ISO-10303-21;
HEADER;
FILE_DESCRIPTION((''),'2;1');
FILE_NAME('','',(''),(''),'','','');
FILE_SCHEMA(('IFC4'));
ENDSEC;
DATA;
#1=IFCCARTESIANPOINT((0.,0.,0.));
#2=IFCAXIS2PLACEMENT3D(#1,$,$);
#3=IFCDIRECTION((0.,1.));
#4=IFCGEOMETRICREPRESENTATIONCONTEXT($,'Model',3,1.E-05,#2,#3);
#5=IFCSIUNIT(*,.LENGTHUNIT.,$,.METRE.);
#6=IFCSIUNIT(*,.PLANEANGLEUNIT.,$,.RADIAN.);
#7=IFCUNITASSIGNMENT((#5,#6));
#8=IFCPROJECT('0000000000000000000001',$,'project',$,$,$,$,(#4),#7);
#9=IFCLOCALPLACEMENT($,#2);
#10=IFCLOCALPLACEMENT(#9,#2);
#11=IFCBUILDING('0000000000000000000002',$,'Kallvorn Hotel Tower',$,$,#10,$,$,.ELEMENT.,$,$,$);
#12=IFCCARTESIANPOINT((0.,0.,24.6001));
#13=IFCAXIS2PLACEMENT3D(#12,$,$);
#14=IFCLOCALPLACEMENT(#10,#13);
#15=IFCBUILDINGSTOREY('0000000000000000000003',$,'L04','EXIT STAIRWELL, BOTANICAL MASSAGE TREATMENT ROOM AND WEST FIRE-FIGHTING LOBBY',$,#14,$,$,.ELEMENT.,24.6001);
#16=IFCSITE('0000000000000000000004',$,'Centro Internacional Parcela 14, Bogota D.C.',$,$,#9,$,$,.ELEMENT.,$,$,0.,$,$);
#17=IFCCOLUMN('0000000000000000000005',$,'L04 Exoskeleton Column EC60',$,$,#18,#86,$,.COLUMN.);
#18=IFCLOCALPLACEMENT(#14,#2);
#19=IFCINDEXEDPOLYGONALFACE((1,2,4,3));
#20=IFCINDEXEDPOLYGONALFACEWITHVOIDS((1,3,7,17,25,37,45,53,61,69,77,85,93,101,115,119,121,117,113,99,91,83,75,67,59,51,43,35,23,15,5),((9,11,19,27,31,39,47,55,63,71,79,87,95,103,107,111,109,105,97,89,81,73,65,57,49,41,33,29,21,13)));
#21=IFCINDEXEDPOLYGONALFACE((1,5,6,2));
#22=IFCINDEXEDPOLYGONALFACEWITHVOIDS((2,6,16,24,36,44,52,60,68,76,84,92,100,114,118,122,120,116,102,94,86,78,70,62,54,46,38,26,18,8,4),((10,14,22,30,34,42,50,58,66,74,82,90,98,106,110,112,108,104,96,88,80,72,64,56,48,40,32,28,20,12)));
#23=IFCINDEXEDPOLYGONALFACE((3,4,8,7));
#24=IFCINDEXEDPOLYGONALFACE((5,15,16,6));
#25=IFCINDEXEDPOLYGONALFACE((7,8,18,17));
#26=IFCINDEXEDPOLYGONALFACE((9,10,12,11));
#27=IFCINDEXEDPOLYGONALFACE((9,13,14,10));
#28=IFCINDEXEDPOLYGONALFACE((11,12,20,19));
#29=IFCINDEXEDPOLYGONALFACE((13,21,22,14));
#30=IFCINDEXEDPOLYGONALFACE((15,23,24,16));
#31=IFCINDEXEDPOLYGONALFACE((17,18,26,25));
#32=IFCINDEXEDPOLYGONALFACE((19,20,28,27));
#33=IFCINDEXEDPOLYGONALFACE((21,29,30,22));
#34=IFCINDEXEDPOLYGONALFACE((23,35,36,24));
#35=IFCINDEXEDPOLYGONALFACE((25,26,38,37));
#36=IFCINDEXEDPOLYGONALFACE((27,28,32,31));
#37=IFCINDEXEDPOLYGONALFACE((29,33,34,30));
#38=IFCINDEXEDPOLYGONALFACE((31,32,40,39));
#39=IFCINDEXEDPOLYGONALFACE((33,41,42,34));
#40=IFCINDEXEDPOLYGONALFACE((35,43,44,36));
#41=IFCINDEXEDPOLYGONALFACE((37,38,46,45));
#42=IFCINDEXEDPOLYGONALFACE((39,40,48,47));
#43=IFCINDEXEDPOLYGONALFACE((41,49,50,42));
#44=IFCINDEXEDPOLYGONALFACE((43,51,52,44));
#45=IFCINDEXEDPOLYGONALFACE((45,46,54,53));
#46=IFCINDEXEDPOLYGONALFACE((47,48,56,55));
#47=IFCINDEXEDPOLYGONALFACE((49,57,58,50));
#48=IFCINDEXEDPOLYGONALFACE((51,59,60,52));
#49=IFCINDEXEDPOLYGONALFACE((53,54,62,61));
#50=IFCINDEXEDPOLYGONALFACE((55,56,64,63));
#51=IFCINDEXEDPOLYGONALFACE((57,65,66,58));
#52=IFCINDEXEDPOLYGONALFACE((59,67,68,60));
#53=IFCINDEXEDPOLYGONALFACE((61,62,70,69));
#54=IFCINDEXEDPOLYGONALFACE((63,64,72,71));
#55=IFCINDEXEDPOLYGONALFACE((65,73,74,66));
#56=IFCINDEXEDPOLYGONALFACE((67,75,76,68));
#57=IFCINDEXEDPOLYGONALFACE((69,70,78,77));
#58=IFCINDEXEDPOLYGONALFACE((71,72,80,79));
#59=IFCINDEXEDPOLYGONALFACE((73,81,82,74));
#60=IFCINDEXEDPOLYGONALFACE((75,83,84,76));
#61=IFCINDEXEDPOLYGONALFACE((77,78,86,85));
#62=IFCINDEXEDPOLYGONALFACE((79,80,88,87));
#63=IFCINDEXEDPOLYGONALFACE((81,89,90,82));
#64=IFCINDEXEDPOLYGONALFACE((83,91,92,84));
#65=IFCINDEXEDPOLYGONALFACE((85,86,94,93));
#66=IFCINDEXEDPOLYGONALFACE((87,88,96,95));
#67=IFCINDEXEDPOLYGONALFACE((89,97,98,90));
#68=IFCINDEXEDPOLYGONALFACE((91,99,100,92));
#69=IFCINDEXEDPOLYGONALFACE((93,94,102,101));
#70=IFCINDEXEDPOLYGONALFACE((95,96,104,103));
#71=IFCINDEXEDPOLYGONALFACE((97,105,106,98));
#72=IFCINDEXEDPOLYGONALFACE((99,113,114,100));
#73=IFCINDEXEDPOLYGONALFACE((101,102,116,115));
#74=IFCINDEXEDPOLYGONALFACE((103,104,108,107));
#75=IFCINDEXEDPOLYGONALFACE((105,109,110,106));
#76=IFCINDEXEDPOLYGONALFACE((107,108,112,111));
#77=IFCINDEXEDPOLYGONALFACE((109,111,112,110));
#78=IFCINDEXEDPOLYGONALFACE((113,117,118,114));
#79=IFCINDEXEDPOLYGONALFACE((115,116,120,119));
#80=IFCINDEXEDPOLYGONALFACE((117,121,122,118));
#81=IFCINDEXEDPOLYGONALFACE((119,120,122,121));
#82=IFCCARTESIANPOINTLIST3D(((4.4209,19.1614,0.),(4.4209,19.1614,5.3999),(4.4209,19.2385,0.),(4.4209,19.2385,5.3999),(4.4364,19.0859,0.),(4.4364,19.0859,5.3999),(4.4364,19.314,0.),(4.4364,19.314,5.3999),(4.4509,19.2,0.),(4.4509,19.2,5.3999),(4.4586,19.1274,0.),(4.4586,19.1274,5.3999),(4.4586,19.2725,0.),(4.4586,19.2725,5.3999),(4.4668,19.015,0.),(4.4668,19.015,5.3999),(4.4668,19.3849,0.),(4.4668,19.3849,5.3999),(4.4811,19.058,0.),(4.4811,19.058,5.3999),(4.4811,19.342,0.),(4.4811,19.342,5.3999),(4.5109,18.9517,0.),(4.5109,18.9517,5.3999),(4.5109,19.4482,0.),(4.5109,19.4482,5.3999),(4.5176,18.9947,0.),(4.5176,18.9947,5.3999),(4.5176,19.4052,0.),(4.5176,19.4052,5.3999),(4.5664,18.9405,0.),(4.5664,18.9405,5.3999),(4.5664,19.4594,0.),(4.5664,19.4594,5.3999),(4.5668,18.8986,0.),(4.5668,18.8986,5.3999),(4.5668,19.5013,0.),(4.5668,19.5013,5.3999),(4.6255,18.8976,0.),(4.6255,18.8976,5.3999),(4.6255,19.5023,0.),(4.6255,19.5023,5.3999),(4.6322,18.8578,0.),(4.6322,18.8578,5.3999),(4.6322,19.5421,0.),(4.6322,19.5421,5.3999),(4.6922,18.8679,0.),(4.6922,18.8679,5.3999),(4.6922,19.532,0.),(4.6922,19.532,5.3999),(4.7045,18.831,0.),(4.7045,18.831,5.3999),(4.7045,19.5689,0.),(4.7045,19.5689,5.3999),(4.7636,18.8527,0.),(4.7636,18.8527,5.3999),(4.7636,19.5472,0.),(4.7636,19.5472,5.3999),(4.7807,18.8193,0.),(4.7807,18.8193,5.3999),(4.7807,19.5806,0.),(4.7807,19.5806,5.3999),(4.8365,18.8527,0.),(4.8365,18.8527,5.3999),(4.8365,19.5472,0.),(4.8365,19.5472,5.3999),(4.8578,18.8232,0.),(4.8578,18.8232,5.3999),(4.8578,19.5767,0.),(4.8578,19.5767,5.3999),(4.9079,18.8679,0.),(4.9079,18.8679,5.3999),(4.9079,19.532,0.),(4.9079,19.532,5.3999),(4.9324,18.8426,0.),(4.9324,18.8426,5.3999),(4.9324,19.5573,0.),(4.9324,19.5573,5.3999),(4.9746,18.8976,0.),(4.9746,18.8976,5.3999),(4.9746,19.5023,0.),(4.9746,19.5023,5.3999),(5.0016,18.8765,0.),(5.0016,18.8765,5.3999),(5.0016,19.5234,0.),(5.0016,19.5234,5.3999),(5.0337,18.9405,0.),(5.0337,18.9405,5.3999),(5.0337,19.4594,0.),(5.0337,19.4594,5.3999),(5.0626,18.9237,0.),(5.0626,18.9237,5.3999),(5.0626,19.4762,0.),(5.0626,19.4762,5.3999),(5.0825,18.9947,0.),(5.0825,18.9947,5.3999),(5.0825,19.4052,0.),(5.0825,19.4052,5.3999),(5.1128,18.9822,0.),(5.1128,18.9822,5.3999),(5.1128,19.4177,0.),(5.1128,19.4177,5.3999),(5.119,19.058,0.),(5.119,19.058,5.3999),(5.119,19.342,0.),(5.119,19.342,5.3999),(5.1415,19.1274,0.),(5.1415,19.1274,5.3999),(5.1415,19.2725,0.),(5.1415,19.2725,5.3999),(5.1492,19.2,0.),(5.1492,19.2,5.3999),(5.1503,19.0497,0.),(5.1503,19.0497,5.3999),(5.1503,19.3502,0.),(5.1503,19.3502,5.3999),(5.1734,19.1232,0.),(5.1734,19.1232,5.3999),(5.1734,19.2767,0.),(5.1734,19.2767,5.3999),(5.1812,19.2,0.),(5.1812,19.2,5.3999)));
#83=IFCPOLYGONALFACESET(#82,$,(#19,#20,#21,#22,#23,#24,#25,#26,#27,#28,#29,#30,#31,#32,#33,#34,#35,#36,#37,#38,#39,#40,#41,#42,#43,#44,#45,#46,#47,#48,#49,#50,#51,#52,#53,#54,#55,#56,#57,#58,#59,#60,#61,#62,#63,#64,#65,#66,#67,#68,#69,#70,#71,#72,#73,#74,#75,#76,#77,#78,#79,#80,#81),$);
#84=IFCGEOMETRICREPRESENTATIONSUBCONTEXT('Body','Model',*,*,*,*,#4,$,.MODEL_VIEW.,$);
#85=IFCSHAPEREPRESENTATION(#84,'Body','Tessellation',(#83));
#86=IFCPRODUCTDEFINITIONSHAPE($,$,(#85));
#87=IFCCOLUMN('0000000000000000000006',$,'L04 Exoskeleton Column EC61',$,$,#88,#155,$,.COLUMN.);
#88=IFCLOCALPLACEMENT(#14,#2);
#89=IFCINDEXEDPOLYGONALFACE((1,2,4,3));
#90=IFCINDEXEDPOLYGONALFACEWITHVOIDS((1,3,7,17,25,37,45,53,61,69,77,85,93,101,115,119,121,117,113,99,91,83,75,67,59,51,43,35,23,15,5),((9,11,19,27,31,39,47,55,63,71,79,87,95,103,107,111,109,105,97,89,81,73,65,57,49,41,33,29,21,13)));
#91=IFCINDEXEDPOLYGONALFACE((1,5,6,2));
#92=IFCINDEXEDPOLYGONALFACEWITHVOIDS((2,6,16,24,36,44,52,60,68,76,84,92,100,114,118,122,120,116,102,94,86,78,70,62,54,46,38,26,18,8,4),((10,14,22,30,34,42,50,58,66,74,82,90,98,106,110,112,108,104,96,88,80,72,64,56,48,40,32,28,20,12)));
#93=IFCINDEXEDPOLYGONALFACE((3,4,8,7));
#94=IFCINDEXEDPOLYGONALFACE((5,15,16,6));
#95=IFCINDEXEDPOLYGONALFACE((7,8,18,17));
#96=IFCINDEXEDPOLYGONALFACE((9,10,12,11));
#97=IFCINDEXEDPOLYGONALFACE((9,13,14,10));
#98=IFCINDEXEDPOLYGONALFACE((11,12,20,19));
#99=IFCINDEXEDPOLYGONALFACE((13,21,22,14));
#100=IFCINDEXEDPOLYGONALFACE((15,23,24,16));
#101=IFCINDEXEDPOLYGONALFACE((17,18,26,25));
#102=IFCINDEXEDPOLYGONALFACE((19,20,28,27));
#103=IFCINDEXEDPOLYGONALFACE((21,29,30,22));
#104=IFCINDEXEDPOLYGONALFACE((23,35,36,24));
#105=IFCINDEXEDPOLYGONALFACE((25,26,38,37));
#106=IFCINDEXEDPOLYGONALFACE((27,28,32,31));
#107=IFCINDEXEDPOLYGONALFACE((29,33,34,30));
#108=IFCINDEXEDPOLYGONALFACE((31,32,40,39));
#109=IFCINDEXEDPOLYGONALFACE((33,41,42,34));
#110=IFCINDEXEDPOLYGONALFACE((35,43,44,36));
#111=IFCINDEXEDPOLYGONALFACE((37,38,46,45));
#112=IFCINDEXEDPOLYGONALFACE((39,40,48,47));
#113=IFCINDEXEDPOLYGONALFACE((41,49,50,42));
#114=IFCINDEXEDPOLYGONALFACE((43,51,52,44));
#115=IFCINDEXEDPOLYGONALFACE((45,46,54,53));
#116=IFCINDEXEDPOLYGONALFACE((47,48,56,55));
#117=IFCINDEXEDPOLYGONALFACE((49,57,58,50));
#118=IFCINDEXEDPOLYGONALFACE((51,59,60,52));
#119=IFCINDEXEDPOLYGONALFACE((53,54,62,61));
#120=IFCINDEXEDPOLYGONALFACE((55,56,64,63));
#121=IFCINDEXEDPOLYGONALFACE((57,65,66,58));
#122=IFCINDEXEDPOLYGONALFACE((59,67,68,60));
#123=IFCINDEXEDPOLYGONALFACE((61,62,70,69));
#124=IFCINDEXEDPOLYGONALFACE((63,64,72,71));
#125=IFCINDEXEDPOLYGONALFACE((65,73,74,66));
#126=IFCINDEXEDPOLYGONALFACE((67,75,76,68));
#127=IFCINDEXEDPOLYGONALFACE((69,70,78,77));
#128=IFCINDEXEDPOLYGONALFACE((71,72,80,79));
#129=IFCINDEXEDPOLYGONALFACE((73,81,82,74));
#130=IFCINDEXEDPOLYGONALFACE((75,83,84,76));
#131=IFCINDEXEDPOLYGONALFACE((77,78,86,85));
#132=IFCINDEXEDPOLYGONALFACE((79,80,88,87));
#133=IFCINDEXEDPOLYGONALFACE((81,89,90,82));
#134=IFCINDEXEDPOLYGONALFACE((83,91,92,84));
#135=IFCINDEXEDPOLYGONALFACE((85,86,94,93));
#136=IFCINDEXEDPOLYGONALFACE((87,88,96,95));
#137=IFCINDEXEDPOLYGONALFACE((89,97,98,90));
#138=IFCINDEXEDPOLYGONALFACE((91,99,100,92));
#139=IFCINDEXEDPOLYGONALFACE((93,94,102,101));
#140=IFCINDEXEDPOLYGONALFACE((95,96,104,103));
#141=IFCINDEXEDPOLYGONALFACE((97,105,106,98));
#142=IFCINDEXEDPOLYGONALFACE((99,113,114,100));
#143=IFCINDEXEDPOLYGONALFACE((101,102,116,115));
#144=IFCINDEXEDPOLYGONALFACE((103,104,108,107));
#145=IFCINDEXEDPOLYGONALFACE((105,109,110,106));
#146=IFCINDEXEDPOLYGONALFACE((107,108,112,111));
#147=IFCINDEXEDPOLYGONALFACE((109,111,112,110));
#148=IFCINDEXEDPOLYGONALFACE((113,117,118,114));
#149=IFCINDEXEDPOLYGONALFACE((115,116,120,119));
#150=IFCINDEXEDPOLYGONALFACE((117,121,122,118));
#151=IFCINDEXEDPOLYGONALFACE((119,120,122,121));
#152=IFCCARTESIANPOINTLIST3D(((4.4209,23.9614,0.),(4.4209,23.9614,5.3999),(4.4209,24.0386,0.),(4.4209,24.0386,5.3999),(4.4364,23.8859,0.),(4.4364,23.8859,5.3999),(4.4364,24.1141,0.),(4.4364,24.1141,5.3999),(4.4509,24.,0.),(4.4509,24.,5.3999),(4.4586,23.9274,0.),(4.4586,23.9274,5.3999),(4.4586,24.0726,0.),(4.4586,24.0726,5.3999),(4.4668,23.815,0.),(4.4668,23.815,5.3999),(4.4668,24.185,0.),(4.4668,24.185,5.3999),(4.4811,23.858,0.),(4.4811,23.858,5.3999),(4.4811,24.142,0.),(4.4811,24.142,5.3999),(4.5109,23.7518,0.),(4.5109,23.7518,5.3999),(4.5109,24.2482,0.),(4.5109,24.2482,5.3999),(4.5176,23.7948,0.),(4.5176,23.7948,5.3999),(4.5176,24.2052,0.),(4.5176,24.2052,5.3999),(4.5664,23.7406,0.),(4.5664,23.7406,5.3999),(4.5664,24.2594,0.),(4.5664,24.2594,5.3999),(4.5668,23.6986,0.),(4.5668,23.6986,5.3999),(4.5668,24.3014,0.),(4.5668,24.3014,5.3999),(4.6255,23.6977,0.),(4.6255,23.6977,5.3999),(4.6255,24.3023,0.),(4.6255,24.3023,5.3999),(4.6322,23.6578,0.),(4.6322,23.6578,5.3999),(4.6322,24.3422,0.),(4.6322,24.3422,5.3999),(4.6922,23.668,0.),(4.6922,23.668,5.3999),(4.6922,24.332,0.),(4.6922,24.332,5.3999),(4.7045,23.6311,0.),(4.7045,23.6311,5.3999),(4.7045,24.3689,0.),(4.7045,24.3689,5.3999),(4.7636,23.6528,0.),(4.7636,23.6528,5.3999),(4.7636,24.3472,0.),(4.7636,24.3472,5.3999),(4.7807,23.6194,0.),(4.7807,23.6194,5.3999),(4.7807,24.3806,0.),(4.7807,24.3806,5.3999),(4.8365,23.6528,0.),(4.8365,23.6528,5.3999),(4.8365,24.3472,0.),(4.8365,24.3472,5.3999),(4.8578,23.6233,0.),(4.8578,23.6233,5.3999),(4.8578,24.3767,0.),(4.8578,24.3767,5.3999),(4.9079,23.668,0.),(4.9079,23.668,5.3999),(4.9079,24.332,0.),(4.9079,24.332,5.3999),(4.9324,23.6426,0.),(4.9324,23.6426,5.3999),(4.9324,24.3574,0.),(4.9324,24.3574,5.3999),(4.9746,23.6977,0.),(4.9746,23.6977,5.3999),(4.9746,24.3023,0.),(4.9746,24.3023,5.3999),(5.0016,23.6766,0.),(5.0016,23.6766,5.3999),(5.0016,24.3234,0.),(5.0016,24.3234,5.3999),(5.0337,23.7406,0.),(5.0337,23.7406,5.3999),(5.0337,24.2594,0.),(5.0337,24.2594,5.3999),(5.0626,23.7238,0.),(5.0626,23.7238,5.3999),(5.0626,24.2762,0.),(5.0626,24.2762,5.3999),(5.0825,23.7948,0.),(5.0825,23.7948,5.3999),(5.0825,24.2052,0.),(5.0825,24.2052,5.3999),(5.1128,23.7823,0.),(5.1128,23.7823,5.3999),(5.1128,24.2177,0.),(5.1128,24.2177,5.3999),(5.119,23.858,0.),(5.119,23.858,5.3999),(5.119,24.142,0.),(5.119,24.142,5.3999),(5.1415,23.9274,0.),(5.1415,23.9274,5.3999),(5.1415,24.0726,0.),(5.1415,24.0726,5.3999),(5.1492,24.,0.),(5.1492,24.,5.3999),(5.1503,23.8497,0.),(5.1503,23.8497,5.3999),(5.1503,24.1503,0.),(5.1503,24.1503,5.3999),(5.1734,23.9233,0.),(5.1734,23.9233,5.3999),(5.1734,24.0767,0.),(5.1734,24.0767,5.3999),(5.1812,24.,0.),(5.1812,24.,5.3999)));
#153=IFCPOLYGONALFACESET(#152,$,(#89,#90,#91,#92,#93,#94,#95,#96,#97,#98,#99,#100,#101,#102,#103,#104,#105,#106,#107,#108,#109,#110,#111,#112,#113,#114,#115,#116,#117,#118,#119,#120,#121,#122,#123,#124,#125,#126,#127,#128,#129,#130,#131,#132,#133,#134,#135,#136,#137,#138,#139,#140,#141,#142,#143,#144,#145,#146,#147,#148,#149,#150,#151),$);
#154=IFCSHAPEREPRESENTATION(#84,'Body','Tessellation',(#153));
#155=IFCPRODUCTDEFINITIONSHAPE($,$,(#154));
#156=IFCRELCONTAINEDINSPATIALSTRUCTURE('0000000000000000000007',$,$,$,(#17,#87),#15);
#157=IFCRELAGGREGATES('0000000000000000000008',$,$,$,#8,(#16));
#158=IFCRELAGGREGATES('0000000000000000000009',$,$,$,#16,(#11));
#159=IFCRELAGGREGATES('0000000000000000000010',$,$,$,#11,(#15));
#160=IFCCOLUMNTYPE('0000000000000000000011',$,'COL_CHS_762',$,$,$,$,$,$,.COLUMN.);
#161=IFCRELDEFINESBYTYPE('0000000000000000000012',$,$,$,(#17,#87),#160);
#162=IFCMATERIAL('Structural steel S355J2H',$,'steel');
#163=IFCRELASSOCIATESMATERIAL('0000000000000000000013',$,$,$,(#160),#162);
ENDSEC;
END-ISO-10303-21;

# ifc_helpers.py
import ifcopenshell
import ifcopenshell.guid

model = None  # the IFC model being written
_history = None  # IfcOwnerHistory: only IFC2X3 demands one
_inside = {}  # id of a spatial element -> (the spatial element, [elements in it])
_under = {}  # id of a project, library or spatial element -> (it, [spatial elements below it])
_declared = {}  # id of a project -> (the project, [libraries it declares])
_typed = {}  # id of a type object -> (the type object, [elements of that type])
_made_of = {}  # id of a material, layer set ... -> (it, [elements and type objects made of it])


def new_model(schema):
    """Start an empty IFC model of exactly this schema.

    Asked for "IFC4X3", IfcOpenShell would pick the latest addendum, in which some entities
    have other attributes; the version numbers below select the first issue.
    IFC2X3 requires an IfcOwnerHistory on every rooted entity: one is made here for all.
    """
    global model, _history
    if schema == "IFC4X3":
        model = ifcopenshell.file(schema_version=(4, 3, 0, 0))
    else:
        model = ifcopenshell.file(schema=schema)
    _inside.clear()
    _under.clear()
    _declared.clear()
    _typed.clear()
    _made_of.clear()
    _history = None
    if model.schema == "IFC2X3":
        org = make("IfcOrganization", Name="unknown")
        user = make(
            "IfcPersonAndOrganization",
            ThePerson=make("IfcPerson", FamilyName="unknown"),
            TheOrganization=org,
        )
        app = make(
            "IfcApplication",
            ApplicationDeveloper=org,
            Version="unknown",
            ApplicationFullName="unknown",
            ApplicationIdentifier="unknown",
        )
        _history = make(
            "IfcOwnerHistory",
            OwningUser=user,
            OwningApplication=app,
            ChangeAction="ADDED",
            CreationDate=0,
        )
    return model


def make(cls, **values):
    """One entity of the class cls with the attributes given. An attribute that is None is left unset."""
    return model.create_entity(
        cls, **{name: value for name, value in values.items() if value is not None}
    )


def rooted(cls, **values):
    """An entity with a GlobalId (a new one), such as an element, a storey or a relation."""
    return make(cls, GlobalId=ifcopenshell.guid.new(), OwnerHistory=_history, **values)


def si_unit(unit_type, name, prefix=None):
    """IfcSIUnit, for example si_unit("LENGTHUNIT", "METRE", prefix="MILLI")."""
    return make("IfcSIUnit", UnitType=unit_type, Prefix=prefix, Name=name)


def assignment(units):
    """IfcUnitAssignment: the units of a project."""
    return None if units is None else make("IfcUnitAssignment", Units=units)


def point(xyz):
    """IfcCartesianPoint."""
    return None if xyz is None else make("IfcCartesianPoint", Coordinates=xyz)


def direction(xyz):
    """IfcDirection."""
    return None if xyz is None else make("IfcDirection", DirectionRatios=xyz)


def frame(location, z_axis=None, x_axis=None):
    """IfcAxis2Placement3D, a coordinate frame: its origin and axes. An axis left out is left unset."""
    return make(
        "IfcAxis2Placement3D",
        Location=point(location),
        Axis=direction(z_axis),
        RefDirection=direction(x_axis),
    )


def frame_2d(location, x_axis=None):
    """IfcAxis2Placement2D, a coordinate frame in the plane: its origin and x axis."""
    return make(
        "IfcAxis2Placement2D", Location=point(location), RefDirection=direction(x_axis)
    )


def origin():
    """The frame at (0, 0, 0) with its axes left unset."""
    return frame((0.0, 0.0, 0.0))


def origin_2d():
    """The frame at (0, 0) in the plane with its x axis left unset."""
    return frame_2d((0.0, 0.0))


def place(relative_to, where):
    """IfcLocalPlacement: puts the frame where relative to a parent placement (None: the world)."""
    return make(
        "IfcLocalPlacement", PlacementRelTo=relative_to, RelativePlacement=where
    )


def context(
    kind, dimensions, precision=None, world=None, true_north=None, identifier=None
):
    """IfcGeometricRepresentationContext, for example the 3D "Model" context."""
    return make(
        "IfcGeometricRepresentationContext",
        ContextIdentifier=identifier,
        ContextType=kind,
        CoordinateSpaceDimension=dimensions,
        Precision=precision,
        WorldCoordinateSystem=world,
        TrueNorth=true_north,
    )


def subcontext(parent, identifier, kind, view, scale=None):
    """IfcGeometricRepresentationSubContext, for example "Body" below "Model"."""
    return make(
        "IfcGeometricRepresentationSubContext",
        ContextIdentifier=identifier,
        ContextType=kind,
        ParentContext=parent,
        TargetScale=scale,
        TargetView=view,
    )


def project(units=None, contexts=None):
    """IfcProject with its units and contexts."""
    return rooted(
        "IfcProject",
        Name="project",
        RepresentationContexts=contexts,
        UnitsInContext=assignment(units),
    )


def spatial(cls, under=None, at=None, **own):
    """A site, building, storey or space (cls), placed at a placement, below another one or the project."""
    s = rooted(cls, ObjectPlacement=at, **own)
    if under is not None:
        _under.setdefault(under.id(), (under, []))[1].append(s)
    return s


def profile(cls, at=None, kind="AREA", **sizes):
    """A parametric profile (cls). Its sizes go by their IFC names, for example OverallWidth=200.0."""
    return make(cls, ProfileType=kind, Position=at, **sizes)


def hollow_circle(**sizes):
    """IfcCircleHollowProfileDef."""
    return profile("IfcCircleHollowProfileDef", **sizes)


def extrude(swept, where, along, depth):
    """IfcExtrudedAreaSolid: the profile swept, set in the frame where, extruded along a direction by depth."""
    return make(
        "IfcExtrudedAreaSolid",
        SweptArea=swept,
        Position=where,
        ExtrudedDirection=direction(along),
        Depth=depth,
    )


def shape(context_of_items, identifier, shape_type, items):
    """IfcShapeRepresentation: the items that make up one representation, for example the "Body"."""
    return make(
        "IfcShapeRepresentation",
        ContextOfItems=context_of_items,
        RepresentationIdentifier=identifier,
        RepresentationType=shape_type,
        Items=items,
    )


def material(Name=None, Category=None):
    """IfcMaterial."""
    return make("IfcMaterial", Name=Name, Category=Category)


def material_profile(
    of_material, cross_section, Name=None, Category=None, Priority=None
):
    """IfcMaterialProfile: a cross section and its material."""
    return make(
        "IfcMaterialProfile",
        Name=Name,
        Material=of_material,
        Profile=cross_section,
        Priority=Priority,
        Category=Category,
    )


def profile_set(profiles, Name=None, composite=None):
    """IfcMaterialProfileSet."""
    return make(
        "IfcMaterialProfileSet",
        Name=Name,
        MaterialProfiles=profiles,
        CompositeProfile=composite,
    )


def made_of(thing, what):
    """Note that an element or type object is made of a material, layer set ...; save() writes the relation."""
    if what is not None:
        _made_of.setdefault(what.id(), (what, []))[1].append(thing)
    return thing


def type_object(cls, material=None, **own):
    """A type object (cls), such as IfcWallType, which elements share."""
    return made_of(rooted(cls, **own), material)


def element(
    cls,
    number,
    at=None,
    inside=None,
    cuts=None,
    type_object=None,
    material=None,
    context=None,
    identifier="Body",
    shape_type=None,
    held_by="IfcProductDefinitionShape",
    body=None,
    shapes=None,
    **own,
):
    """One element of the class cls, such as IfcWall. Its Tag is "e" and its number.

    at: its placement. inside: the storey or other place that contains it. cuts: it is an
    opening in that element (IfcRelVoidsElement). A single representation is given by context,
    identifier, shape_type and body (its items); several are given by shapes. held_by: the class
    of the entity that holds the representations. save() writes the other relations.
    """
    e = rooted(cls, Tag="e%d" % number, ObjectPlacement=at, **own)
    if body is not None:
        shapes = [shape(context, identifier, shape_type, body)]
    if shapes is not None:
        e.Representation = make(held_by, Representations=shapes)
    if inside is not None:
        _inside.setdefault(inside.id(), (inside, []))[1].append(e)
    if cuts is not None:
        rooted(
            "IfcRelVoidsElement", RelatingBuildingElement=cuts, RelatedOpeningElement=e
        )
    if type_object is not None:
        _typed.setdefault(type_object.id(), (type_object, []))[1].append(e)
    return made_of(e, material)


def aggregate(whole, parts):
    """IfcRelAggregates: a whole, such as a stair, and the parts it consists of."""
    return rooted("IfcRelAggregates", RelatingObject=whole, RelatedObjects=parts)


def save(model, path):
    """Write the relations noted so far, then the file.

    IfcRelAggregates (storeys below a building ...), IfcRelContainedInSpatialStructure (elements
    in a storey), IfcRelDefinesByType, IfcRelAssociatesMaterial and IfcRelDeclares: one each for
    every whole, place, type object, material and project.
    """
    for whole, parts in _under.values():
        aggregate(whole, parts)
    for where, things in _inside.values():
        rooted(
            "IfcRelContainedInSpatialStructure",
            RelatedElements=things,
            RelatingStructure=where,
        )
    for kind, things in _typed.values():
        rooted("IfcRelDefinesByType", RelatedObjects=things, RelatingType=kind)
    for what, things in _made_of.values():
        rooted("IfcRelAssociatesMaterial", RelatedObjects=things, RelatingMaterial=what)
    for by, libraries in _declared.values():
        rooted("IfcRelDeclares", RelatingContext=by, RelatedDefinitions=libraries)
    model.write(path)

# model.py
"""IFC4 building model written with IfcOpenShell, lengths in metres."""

from ifc_helpers import new_model, si_unit, direction, frame, origin, origin_2d, place, context, subcontext, project, spatial, hollow_circle, extrude, material, material_profile, profile_set, type_object, element, save


model = new_model("IFC4")

# Units and contexts
model_context = context("Model", 3, precision=1e-05, world=origin(), true_north=direction((0.0, 1.0)))
body_context = subcontext(model_context, "Body", "Model", "MODEL_VIEW")
ifc_project = project(units=[si_unit("LENGTHUNIT", "METRE"), si_unit("PLANEANGLEUNIT", "RADIAN")], contexts=[model_context])

# Site, building, storey
site_placement = place(None, origin())
site = spatial("IfcSite", under=ifc_project, at=site_placement, Name="Centro Internacional Parcela 14, Bogota D.C.", CompositionType="ELEMENT", RefElevation=0.0)
building_placement = place(site_placement, origin())
building = spatial("IfcBuilding", under=site, at=building_placement, Name="Kallvorn Hotel Tower", CompositionType="ELEMENT")
storey_placement = place(building_placement, frame((0.0, 0.0, 24.6001)))
storey = spatial("IfcBuildingStorey", under=building, at=storey_placement, Name="L04", Description="EXIT STAIRWELL, BOTANICAL MASSAGE TREATMENT ROOM AND WEST FIRE-FIGHTING LOBBY", CompositionType="ELEMENT", Elevation=24.6001)

# Columns
ifc_material_1 = material(Name="Structural steel S355J2H", Category="steel")
ifc_material_profile_1 = material_profile(ifc_material_1, hollow_circle(Radius=0.3811, WallThickness=0.032, at=origin_2d()), Name="CHS 762x32")
ifc_profile_set_1 = profile_set([ifc_material_profile_1], Name="Structural steel S355J2H")
column_type_1 = type_object("IfcColumnType", Name="COL_CHS_762", PredefinedType="COLUMN", material=ifc_profile_set_1)
for number, where, z_axis, x_axis, name in (
    (1, (4.8, 19.2, 0.0), (0.0, 0.0, 1.0), (1.0, 0.0, 0.0), "L04 Exoskeleton Column EC60"),
    (2, (4.8, 24.0, 0.0), (0.0, 0.0, 1.0), (1.0, 0.0, 0.0), "L04 Exoskeleton Column EC61"),
):
    element("IfcColumn", number, at=place(storey_placement, frame(where, z_axis=z_axis, x_axis=x_axis)), inside=storey, type_object=column_type_1, Name=name, PredefinedType="COLUMN", context=body_context, shape_type="SweptSolid", body=[
        extrude(hollow_circle(Radius=0.3811, WallThickness=0.032, at=origin_2d()), origin(), (0.0, 0.0, 1.0), 5.3999),
    ])

save(model, "model.ifc")
